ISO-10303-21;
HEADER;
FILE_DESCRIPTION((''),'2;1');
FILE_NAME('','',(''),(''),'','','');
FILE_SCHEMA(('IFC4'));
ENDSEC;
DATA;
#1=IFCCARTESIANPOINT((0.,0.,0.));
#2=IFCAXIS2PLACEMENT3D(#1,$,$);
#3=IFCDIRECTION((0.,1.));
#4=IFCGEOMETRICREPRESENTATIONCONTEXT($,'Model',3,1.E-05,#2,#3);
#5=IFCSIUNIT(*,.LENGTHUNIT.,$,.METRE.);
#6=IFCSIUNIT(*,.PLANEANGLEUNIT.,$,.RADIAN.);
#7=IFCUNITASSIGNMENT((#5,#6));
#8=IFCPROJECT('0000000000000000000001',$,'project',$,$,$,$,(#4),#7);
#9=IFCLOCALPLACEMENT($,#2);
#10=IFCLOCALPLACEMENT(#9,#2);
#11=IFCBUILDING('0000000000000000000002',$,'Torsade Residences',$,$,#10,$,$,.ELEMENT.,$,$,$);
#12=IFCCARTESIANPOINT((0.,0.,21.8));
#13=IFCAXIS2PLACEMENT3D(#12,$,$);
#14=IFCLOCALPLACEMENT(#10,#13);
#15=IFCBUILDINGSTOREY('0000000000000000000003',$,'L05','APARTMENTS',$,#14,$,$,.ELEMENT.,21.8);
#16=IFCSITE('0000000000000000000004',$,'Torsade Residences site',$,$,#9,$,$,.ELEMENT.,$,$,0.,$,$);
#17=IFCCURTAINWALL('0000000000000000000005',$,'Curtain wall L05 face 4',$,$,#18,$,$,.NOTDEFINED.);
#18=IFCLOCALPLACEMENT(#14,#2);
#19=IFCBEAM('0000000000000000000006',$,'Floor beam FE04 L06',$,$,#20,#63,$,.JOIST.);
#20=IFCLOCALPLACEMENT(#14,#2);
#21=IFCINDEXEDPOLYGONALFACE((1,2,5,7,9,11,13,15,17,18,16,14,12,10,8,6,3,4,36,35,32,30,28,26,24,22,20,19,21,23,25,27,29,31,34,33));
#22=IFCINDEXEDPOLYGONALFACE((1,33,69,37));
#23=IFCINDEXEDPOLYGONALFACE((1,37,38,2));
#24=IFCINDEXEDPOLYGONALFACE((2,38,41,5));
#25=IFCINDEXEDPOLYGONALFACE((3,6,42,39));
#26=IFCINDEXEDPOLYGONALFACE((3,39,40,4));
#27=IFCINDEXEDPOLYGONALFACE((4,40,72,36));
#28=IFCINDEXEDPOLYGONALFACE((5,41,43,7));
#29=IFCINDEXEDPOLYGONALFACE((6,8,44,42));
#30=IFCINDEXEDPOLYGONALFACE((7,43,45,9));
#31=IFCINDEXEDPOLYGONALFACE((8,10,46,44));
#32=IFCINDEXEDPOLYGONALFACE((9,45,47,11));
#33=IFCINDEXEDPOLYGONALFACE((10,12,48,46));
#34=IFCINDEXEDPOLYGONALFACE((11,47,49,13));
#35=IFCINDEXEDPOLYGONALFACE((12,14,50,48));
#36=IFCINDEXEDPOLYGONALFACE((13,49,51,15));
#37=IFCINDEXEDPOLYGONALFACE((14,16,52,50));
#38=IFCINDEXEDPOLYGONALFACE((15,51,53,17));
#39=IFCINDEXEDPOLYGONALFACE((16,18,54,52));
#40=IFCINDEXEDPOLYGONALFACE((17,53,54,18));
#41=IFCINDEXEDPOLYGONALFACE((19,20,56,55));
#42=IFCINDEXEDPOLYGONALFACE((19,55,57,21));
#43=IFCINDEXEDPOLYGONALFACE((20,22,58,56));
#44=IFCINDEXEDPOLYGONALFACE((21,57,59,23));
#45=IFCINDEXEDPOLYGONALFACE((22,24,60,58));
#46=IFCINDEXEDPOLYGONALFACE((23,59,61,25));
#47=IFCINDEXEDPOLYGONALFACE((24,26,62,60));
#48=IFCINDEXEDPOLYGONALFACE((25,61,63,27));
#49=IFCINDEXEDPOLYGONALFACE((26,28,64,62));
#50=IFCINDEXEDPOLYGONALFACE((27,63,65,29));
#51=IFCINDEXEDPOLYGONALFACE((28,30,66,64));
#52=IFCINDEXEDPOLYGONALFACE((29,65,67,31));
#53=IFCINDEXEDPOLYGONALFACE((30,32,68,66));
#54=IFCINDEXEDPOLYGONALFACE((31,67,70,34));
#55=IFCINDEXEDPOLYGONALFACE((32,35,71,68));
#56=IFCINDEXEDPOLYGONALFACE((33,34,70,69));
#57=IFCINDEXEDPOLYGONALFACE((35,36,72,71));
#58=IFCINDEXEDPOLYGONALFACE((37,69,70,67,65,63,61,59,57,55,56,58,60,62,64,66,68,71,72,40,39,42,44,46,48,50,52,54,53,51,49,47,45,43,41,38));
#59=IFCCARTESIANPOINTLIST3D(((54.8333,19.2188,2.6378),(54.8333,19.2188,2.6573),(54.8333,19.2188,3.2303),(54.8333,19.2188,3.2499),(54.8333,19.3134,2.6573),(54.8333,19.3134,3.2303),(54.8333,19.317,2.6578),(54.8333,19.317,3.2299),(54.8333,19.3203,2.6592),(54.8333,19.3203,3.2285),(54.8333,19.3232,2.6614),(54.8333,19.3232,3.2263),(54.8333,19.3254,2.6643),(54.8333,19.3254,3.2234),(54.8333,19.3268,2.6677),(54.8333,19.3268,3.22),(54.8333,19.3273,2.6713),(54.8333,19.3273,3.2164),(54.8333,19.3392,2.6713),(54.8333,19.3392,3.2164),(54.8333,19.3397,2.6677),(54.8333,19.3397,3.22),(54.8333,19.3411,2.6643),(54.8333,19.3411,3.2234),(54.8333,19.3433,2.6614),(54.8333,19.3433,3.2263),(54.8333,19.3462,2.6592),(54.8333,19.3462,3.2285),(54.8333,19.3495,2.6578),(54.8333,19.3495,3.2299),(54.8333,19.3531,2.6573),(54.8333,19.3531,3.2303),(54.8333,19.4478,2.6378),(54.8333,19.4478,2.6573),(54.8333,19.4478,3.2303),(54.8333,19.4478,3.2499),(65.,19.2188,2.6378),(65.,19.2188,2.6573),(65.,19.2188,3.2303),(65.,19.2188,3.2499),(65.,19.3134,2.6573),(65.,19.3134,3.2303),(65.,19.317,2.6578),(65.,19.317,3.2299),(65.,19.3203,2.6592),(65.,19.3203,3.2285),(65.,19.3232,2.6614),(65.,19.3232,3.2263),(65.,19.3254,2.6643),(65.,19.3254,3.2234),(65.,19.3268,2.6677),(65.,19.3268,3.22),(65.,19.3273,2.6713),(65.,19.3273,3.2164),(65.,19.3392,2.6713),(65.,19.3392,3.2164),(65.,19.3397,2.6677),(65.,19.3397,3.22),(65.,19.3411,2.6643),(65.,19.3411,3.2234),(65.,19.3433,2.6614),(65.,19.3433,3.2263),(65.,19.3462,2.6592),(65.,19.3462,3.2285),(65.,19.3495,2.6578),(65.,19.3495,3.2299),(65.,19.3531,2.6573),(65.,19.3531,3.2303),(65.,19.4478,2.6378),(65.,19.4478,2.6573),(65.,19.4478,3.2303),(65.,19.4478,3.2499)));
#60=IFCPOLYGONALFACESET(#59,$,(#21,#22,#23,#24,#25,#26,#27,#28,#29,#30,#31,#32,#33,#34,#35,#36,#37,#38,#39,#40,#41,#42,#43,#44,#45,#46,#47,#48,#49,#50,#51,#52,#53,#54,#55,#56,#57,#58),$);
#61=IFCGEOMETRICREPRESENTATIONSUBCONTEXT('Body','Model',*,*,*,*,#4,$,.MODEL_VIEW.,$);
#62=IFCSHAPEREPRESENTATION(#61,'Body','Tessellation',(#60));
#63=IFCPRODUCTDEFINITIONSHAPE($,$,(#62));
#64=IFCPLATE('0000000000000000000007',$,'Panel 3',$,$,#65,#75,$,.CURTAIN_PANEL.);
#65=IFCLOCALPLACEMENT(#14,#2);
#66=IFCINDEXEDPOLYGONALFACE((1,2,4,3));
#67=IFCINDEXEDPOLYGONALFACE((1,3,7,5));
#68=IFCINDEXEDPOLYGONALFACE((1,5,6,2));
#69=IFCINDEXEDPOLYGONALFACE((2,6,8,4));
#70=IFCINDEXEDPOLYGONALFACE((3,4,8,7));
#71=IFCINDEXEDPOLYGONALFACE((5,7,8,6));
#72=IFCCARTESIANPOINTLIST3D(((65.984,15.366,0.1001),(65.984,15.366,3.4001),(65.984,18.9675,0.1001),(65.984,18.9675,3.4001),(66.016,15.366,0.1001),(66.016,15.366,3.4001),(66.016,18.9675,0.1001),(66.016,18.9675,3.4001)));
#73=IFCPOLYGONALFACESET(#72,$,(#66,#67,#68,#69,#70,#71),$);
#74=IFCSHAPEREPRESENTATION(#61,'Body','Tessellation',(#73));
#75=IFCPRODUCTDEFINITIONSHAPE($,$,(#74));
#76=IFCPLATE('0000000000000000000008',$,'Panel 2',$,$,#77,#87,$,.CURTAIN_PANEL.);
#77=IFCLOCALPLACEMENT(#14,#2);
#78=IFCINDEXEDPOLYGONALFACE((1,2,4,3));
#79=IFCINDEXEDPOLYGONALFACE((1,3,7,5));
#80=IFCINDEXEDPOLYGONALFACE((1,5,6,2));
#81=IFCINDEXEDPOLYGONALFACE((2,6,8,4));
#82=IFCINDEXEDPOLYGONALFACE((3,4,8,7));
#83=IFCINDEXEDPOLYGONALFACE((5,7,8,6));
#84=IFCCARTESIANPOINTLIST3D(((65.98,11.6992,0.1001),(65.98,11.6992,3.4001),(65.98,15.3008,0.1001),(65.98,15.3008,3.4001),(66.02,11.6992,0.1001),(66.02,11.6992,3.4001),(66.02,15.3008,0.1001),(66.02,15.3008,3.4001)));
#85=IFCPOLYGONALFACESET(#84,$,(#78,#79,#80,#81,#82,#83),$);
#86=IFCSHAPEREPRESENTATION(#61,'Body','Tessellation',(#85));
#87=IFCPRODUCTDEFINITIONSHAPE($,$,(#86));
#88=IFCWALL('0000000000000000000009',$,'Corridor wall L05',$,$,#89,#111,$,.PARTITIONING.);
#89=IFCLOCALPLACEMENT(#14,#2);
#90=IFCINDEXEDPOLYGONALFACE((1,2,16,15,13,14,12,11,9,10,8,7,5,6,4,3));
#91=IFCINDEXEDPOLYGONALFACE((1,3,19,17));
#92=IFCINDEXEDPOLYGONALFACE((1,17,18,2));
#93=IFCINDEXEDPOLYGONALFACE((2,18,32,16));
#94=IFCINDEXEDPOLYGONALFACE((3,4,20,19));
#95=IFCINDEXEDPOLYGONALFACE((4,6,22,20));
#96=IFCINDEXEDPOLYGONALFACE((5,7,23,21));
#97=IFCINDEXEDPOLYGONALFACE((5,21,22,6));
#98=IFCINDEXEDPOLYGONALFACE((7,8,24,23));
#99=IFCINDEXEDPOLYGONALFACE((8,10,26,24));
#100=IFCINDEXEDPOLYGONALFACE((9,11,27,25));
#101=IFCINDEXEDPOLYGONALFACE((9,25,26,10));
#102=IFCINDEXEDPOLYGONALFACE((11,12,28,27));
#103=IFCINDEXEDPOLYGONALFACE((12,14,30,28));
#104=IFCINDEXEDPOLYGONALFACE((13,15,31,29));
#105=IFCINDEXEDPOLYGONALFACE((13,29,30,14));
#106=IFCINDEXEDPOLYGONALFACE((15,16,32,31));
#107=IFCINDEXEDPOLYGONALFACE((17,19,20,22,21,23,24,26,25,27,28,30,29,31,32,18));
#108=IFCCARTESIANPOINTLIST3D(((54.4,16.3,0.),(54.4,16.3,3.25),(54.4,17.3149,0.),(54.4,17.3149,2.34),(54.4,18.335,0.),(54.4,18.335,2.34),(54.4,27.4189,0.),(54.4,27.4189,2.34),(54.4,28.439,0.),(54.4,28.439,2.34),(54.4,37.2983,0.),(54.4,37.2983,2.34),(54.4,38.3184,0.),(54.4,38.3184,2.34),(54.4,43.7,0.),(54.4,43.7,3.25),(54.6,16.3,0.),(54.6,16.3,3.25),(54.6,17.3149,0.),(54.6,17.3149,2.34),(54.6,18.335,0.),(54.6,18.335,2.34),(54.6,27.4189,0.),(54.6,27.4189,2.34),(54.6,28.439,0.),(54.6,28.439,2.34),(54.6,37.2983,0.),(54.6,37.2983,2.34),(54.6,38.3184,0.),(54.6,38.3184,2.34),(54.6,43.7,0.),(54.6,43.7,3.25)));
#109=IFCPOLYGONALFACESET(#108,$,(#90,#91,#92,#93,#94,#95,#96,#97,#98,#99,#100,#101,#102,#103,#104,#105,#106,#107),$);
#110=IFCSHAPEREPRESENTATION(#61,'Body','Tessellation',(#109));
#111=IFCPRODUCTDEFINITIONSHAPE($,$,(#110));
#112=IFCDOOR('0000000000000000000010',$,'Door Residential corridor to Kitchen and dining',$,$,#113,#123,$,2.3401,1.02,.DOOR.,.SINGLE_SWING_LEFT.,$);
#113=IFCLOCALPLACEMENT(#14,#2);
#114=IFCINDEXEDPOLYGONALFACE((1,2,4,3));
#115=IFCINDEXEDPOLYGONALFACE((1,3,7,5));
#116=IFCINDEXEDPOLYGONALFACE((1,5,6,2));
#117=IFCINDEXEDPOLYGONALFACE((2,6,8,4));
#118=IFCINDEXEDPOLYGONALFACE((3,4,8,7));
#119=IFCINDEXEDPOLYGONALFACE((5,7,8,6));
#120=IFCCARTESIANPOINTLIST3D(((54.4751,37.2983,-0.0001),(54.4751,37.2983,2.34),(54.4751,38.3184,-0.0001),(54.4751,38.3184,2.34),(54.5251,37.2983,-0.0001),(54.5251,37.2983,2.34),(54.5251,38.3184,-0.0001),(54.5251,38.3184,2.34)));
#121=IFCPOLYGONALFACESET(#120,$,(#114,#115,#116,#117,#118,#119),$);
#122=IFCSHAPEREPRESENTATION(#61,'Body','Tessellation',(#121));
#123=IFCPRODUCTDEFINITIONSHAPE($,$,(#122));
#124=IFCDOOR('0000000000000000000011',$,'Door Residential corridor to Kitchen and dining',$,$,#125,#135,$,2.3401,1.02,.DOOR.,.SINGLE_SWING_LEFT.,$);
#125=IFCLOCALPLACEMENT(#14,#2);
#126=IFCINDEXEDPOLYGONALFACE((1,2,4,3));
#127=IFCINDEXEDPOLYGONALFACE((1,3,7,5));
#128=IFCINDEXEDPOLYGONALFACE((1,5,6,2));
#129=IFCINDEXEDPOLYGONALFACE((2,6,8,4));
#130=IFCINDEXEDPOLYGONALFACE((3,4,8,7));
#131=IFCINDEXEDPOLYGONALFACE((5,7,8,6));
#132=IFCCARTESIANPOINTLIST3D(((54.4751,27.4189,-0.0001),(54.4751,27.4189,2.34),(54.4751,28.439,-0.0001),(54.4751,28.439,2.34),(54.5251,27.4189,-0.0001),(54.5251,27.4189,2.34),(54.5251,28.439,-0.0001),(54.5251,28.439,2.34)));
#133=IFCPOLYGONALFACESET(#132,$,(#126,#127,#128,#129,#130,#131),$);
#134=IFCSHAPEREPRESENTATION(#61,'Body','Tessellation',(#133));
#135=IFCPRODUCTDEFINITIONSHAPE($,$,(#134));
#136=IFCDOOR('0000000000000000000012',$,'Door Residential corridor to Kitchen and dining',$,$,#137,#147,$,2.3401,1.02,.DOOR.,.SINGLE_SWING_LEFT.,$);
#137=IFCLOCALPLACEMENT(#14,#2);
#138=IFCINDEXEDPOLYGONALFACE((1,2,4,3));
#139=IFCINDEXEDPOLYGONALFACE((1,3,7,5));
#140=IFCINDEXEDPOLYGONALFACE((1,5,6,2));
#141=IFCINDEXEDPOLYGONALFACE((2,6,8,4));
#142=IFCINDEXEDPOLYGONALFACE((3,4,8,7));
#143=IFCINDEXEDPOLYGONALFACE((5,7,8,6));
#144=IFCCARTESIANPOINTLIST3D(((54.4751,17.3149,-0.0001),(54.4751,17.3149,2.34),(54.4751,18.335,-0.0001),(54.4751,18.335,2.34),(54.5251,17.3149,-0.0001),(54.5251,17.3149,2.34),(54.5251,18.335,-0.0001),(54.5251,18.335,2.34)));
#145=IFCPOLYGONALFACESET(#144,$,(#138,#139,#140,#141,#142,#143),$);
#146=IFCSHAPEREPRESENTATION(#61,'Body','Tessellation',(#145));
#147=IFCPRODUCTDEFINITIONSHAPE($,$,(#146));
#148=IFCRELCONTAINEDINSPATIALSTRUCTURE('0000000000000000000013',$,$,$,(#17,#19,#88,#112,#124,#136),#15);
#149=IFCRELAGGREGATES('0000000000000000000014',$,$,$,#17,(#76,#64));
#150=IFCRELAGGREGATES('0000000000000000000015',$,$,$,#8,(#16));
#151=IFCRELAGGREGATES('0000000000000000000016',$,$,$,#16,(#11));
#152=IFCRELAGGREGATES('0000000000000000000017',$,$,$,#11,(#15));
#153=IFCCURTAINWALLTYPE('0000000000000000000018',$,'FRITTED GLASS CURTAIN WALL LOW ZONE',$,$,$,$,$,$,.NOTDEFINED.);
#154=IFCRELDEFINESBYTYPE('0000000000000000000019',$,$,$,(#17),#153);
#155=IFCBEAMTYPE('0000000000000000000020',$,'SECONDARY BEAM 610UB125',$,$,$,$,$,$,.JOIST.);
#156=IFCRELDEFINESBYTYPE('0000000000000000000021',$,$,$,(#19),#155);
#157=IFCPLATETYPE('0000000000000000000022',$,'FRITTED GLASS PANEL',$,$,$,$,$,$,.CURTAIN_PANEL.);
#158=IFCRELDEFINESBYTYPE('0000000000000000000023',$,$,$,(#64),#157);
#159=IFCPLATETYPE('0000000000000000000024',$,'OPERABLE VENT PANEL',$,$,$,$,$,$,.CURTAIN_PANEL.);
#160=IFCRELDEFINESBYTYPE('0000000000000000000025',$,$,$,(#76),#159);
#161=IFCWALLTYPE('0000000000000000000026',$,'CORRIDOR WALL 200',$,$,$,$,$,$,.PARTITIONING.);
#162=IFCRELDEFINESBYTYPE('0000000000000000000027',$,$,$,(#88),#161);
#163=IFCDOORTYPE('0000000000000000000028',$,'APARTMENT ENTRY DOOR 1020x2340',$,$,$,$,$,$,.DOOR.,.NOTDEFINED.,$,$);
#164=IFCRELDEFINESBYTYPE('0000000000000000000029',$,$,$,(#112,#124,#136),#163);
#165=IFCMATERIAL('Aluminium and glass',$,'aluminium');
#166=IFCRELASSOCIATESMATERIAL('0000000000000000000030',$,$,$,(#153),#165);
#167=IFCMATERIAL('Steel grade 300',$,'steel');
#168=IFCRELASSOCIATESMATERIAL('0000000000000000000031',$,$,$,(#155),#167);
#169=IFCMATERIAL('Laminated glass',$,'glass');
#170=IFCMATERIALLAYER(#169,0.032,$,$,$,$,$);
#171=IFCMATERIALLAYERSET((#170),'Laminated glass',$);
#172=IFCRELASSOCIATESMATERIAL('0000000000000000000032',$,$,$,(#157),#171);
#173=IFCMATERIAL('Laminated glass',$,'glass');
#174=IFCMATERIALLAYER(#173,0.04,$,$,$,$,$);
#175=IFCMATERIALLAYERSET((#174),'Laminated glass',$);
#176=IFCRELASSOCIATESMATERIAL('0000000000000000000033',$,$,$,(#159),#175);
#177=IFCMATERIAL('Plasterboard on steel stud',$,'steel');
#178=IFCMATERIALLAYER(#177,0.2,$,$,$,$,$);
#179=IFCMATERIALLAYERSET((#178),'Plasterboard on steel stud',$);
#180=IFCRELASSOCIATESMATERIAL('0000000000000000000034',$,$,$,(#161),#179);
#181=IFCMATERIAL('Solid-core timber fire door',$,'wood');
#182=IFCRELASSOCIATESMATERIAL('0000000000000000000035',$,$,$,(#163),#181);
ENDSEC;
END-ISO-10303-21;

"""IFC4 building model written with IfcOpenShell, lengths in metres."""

from ifc_helpers import new_model, si_unit, direction, frame, frame_2d, origin, origin_2d, place, context, subcontext, project, spatial, rectangle, i_section, extrude, material, layer, layer_set, material_profile, profile_set, type_object, element, fill, aggregate, save


model = new_model("IFC4")

# Units and contexts
model_context = context("Model", 3, precision=1e-05, world=origin(), true_north=direction((0.0, 1.0)))
body_context = subcontext(model_context, "Body", "Model", "MODEL_VIEW")
ifc_project = project(units=[si_unit("LENGTHUNIT", "METRE"), si_unit("PLANEANGLEUNIT", "RADIAN")], contexts=[model_context])

# Site, building, storey
site_placement = place(None, origin())
site = spatial("IfcSite", under=ifc_project, at=site_placement, Name="Torsade Residences site", CompositionType="ELEMENT", RefElevation=0.0)
building_placement = place(site_placement, origin())
building = spatial("IfcBuilding", under=site, at=building_placement, Name="Torsade Residences", CompositionType="ELEMENT")
storey_placement = place(building_placement, frame((0.0, 0.0, 21.8)))
storey = spatial("IfcBuildingStorey", under=building, at=storey_placement, Name="L05", Description="APARTMENTS", CompositionType="ELEMENT", Elevation=21.8)

# Curtain wall
ifc_material_1 = material(Name="Aluminium and glass", Category="aluminium")
curtain_wall_type = type_object("IfcCurtainWallType", Name="FRITTED GLASS CURTAIN WALL LOW ZONE", PredefinedType="NOTDEFINED", material=ifc_material_1)
curtain_wall_placement = place(storey_placement, origin())
curtain_wall = element("IfcCurtainWall", 1, at=curtain_wall_placement, inside=storey, type_object=curtain_wall_type, Name="Curtain wall L05 face 4", PredefinedType="NOTDEFINED")

# Beam
ifc_material_2 = material(Name="Steel grade 300", Category="steel")
ifc_material_profile_1 = material_profile(ifc_material_2, i_section(OverallWidth=0.229, OverallDepth=0.6121, WebThickness=0.012, FlangeThickness=0.0195, FilletRadius=0.0139, at=origin_2d()), Name="610UB125")
ifc_profile_set_1 = profile_set([ifc_material_profile_1], Name="Steel grade 300")
beam_type_1 = type_object("IfcBeamType", Name="SECONDARY BEAM 610UB125", PredefinedType="JOIST", material=ifc_profile_set_1)
beam_1_placement = place(storey_placement, frame((65.0, 19.3333, 2.9438), z_axis=(-1.0, 0.0, 0.0), x_axis=(0.0, -1.0, 0.0)))
element("IfcBeam", 2, at=beam_1_placement, inside=storey, type_object=beam_type_1, Name="Floor beam FE04 L06", PredefinedType="JOIST", context=body_context, shape_type="SweptSolid", body=[
    extrude(i_section(OverallWidth=0.229, OverallDepth=0.6121, WebThickness=0.012, FlangeThickness=0.0195, FilletRadius=0.0139, at=origin_2d()), origin(), (0.0, 0.0, 1.0), 10.1667),
])

# Plates
ifc_material_3 = material(Name="Laminated glass", Category="glass")
ifc_layer_1 = layer(ifc_material_3, 0.032)
ifc_layer_set_1 = layer_set([ifc_layer_1], Name="Laminated glass")
plate_type_1 = type_object("IfcPlateType", Name="FRITTED GLASS PANEL", PredefinedType="CURTAIN_PANEL", material=ifc_layer_set_1)
plate_1_placement = place(storey_placement, frame((66.0, 17.1667, 0.1001), z_axis=(0.0, 0.0, 1.0), x_axis=(0.0, 1.0, 0.0)))
plate_1 = element("IfcPlate", 3, at=plate_1_placement, type_object=plate_type_1, Name="Panel 3", PredefinedType="CURTAIN_PANEL", context=body_context, shape_type="SweptSolid", body=[
    extrude(rectangle(XDim=3.6016, YDim=0.032, at=origin_2d()), origin(), (0.0, 0.0, 1.0), 3.3),
])
ifc_material_4 = material(Name="Laminated glass", Category="glass")
ifc_layer_2 = layer(ifc_material_4, 0.04)
ifc_layer_set_2 = layer_set([ifc_layer_2], Name="Laminated glass")
plate_type_2 = type_object("IfcPlateType", Name="OPERABLE VENT PANEL", PredefinedType="CURTAIN_PANEL", material=ifc_layer_set_2)
plate_2_placement = place(storey_placement, frame((66.0, 13.5, 0.1001), z_axis=(0.0, 0.0, 1.0), x_axis=(0.0, 1.0, 0.0)))
plate_2 = element("IfcPlate", 4, at=plate_2_placement, type_object=plate_type_2, Name="Panel 2", PredefinedType="CURTAIN_PANEL", context=body_context, shape_type="SweptSolid", body=[
    extrude(rectangle(XDim=3.6016, YDim=0.04, at=origin_2d()), origin(), (0.0, 0.0, 1.0), 3.3),
])
aggregate(curtain_wall, [plate_2, plate_1])

# Wall, openings, doors
ifc_material_5 = material(Name="Plasterboard on steel stud", Category="steel")
ifc_layer_3 = layer(ifc_material_5, 0.2)
ifc_layer_set_3 = layer_set([ifc_layer_3], Name="Plasterboard on steel stud")
wall_type_1 = type_object("IfcWallType", Name="CORRIDOR WALL 200", PredefinedType="PARTITIONING", material=ifc_layer_set_3)
wall_1_placement = place(storey_placement, frame((54.5, 16.3, 0.0), z_axis=(0.0, 0.0, 1.0), x_axis=(0.0, 1.0, 0.0)))
wall_1 = element("IfcWall", 5, at=wall_1_placement, inside=storey, type_object=wall_type_1, Name="Corridor wall L05", PredefinedType="PARTITIONING", context=body_context, shape_type="SweptSolid", body=[
    extrude(rectangle(XDim=27.3999, YDim=0.2, at=frame_2d((13.7, 0.0))), origin(), (0.0, 0.0, 1.0), 3.25),
])
opening_1_placement = place(wall_1_placement, frame((20.9983, 0.0, 0.0)))
opening_1 = element("IfcOpeningElement", 6, at=opening_1_placement, cuts=wall_1, PredefinedType="OPENING", context=body_context, shape_type="SweptSolid", body=[
    extrude(rectangle(XDim=1.02, YDim=2.3401, at=frame_2d((0.51, 1.1699))), frame((0.0, 0.1099, 0.0), z_axis=(0.0, -1.0, 0.0), x_axis=(1.0, 0.0, 0.0)), (0.0, 0.0, 1.0), 0.22),
])
opening_2_placement = place(wall_1_placement, frame((11.1189, 0.0, 0.0)))
opening_2 = element("IfcOpeningElement", 7, at=opening_2_placement, cuts=wall_1, PredefinedType="OPENING", context=body_context, shape_type="SweptSolid", body=[
    extrude(rectangle(XDim=1.02, YDim=2.3401, at=frame_2d((0.51, 1.1699))), frame((0.0, 0.1099, 0.0), z_axis=(0.0, -1.0, 0.0), x_axis=(1.0, 0.0, 0.0)), (0.0, 0.0, 1.0), 0.22),
])
opening_3_placement = place(wall_1_placement, frame((1.0149, 0.0, 0.0)))
opening_3 = element("IfcOpeningElement", 8, at=opening_3_placement, cuts=wall_1, PredefinedType="OPENING", context=body_context, shape_type="SweptSolid", body=[
    extrude(rectangle(XDim=1.02, YDim=2.3401, at=frame_2d((0.51, 1.1699))), frame((0.0, 0.1099, 0.0), z_axis=(0.0, -1.0, 0.0), x_axis=(1.0, 0.0, 0.0)), (0.0, 0.0, 1.0), 0.22),
])
ifc_material_6 = material(Name="Solid-core timber fire door", Category="wood")
door_type_1 = type_object("IfcDoorType", Name="APARTMENT ENTRY DOOR 1020x2340", OperationType="NOTDEFINED", PredefinedType="DOOR", material=ifc_material_6)
door_1_placement = place(opening_1_placement, origin())
door_1 = element("IfcDoor", 9, at=door_1_placement, inside=storey, type_object=door_type_1, Name="Door Residential corridor to Kitchen and dining", OperationType="SINGLE_SWING_LEFT", OverallHeight=2.3401, OverallWidth=1.02, PredefinedType="DOOR", context=body_context, shape_type="SweptSolid", body=[
    extrude(rectangle(XDim=1.02, YDim=2.3401, at=frame_2d((0.51, 1.1699))), frame((0.0, 0.0249, 0.0), z_axis=(0.0, -1.0, 0.0), x_axis=(1.0, 0.0, 0.0)), (0.0, 0.0, 1.0), 0.05),
])
fill(opening_1, door_1)
door_2_placement = place(opening_2_placement, origin())
door_2 = element("IfcDoor", 10, at=door_2_placement, inside=storey, type_object=door_type_1, Name="Door Residential corridor to Kitchen and dining", OperationType="SINGLE_SWING_LEFT", OverallHeight=2.3401, OverallWidth=1.02, PredefinedType="DOOR", context=body_context, shape_type="SweptSolid", body=[
    extrude(rectangle(XDim=1.02, YDim=2.3401, at=frame_2d((0.51, 1.1699))), frame((0.0, 0.0249, 0.0), z_axis=(0.0, -1.0, 0.0), x_axis=(1.0, 0.0, 0.0)), (0.0, 0.0, 1.0), 0.05),
])
fill(opening_2, door_2)
door_3_placement = place(opening_3_placement, origin())
door_3 = element("IfcDoor", 11, at=door_3_placement, inside=storey, type_object=door_type_1, Name="Door Residential corridor to Kitchen and dining", OperationType="SINGLE_SWING_LEFT", OverallHeight=2.3401, OverallWidth=1.02, PredefinedType="DOOR", context=body_context, shape_type="SweptSolid", body=[
    extrude(rectangle(XDim=1.02, YDim=2.3401, at=frame_2d((0.51, 1.1699))), frame((0.0, 0.0249, 0.0), z_axis=(0.0, -1.0, 0.0), x_axis=(1.0, 0.0, 0.0)), (0.0, 0.0, 1.0), 0.05),
])
fill(opening_3, door_3)

save(model, "model.ifc")
